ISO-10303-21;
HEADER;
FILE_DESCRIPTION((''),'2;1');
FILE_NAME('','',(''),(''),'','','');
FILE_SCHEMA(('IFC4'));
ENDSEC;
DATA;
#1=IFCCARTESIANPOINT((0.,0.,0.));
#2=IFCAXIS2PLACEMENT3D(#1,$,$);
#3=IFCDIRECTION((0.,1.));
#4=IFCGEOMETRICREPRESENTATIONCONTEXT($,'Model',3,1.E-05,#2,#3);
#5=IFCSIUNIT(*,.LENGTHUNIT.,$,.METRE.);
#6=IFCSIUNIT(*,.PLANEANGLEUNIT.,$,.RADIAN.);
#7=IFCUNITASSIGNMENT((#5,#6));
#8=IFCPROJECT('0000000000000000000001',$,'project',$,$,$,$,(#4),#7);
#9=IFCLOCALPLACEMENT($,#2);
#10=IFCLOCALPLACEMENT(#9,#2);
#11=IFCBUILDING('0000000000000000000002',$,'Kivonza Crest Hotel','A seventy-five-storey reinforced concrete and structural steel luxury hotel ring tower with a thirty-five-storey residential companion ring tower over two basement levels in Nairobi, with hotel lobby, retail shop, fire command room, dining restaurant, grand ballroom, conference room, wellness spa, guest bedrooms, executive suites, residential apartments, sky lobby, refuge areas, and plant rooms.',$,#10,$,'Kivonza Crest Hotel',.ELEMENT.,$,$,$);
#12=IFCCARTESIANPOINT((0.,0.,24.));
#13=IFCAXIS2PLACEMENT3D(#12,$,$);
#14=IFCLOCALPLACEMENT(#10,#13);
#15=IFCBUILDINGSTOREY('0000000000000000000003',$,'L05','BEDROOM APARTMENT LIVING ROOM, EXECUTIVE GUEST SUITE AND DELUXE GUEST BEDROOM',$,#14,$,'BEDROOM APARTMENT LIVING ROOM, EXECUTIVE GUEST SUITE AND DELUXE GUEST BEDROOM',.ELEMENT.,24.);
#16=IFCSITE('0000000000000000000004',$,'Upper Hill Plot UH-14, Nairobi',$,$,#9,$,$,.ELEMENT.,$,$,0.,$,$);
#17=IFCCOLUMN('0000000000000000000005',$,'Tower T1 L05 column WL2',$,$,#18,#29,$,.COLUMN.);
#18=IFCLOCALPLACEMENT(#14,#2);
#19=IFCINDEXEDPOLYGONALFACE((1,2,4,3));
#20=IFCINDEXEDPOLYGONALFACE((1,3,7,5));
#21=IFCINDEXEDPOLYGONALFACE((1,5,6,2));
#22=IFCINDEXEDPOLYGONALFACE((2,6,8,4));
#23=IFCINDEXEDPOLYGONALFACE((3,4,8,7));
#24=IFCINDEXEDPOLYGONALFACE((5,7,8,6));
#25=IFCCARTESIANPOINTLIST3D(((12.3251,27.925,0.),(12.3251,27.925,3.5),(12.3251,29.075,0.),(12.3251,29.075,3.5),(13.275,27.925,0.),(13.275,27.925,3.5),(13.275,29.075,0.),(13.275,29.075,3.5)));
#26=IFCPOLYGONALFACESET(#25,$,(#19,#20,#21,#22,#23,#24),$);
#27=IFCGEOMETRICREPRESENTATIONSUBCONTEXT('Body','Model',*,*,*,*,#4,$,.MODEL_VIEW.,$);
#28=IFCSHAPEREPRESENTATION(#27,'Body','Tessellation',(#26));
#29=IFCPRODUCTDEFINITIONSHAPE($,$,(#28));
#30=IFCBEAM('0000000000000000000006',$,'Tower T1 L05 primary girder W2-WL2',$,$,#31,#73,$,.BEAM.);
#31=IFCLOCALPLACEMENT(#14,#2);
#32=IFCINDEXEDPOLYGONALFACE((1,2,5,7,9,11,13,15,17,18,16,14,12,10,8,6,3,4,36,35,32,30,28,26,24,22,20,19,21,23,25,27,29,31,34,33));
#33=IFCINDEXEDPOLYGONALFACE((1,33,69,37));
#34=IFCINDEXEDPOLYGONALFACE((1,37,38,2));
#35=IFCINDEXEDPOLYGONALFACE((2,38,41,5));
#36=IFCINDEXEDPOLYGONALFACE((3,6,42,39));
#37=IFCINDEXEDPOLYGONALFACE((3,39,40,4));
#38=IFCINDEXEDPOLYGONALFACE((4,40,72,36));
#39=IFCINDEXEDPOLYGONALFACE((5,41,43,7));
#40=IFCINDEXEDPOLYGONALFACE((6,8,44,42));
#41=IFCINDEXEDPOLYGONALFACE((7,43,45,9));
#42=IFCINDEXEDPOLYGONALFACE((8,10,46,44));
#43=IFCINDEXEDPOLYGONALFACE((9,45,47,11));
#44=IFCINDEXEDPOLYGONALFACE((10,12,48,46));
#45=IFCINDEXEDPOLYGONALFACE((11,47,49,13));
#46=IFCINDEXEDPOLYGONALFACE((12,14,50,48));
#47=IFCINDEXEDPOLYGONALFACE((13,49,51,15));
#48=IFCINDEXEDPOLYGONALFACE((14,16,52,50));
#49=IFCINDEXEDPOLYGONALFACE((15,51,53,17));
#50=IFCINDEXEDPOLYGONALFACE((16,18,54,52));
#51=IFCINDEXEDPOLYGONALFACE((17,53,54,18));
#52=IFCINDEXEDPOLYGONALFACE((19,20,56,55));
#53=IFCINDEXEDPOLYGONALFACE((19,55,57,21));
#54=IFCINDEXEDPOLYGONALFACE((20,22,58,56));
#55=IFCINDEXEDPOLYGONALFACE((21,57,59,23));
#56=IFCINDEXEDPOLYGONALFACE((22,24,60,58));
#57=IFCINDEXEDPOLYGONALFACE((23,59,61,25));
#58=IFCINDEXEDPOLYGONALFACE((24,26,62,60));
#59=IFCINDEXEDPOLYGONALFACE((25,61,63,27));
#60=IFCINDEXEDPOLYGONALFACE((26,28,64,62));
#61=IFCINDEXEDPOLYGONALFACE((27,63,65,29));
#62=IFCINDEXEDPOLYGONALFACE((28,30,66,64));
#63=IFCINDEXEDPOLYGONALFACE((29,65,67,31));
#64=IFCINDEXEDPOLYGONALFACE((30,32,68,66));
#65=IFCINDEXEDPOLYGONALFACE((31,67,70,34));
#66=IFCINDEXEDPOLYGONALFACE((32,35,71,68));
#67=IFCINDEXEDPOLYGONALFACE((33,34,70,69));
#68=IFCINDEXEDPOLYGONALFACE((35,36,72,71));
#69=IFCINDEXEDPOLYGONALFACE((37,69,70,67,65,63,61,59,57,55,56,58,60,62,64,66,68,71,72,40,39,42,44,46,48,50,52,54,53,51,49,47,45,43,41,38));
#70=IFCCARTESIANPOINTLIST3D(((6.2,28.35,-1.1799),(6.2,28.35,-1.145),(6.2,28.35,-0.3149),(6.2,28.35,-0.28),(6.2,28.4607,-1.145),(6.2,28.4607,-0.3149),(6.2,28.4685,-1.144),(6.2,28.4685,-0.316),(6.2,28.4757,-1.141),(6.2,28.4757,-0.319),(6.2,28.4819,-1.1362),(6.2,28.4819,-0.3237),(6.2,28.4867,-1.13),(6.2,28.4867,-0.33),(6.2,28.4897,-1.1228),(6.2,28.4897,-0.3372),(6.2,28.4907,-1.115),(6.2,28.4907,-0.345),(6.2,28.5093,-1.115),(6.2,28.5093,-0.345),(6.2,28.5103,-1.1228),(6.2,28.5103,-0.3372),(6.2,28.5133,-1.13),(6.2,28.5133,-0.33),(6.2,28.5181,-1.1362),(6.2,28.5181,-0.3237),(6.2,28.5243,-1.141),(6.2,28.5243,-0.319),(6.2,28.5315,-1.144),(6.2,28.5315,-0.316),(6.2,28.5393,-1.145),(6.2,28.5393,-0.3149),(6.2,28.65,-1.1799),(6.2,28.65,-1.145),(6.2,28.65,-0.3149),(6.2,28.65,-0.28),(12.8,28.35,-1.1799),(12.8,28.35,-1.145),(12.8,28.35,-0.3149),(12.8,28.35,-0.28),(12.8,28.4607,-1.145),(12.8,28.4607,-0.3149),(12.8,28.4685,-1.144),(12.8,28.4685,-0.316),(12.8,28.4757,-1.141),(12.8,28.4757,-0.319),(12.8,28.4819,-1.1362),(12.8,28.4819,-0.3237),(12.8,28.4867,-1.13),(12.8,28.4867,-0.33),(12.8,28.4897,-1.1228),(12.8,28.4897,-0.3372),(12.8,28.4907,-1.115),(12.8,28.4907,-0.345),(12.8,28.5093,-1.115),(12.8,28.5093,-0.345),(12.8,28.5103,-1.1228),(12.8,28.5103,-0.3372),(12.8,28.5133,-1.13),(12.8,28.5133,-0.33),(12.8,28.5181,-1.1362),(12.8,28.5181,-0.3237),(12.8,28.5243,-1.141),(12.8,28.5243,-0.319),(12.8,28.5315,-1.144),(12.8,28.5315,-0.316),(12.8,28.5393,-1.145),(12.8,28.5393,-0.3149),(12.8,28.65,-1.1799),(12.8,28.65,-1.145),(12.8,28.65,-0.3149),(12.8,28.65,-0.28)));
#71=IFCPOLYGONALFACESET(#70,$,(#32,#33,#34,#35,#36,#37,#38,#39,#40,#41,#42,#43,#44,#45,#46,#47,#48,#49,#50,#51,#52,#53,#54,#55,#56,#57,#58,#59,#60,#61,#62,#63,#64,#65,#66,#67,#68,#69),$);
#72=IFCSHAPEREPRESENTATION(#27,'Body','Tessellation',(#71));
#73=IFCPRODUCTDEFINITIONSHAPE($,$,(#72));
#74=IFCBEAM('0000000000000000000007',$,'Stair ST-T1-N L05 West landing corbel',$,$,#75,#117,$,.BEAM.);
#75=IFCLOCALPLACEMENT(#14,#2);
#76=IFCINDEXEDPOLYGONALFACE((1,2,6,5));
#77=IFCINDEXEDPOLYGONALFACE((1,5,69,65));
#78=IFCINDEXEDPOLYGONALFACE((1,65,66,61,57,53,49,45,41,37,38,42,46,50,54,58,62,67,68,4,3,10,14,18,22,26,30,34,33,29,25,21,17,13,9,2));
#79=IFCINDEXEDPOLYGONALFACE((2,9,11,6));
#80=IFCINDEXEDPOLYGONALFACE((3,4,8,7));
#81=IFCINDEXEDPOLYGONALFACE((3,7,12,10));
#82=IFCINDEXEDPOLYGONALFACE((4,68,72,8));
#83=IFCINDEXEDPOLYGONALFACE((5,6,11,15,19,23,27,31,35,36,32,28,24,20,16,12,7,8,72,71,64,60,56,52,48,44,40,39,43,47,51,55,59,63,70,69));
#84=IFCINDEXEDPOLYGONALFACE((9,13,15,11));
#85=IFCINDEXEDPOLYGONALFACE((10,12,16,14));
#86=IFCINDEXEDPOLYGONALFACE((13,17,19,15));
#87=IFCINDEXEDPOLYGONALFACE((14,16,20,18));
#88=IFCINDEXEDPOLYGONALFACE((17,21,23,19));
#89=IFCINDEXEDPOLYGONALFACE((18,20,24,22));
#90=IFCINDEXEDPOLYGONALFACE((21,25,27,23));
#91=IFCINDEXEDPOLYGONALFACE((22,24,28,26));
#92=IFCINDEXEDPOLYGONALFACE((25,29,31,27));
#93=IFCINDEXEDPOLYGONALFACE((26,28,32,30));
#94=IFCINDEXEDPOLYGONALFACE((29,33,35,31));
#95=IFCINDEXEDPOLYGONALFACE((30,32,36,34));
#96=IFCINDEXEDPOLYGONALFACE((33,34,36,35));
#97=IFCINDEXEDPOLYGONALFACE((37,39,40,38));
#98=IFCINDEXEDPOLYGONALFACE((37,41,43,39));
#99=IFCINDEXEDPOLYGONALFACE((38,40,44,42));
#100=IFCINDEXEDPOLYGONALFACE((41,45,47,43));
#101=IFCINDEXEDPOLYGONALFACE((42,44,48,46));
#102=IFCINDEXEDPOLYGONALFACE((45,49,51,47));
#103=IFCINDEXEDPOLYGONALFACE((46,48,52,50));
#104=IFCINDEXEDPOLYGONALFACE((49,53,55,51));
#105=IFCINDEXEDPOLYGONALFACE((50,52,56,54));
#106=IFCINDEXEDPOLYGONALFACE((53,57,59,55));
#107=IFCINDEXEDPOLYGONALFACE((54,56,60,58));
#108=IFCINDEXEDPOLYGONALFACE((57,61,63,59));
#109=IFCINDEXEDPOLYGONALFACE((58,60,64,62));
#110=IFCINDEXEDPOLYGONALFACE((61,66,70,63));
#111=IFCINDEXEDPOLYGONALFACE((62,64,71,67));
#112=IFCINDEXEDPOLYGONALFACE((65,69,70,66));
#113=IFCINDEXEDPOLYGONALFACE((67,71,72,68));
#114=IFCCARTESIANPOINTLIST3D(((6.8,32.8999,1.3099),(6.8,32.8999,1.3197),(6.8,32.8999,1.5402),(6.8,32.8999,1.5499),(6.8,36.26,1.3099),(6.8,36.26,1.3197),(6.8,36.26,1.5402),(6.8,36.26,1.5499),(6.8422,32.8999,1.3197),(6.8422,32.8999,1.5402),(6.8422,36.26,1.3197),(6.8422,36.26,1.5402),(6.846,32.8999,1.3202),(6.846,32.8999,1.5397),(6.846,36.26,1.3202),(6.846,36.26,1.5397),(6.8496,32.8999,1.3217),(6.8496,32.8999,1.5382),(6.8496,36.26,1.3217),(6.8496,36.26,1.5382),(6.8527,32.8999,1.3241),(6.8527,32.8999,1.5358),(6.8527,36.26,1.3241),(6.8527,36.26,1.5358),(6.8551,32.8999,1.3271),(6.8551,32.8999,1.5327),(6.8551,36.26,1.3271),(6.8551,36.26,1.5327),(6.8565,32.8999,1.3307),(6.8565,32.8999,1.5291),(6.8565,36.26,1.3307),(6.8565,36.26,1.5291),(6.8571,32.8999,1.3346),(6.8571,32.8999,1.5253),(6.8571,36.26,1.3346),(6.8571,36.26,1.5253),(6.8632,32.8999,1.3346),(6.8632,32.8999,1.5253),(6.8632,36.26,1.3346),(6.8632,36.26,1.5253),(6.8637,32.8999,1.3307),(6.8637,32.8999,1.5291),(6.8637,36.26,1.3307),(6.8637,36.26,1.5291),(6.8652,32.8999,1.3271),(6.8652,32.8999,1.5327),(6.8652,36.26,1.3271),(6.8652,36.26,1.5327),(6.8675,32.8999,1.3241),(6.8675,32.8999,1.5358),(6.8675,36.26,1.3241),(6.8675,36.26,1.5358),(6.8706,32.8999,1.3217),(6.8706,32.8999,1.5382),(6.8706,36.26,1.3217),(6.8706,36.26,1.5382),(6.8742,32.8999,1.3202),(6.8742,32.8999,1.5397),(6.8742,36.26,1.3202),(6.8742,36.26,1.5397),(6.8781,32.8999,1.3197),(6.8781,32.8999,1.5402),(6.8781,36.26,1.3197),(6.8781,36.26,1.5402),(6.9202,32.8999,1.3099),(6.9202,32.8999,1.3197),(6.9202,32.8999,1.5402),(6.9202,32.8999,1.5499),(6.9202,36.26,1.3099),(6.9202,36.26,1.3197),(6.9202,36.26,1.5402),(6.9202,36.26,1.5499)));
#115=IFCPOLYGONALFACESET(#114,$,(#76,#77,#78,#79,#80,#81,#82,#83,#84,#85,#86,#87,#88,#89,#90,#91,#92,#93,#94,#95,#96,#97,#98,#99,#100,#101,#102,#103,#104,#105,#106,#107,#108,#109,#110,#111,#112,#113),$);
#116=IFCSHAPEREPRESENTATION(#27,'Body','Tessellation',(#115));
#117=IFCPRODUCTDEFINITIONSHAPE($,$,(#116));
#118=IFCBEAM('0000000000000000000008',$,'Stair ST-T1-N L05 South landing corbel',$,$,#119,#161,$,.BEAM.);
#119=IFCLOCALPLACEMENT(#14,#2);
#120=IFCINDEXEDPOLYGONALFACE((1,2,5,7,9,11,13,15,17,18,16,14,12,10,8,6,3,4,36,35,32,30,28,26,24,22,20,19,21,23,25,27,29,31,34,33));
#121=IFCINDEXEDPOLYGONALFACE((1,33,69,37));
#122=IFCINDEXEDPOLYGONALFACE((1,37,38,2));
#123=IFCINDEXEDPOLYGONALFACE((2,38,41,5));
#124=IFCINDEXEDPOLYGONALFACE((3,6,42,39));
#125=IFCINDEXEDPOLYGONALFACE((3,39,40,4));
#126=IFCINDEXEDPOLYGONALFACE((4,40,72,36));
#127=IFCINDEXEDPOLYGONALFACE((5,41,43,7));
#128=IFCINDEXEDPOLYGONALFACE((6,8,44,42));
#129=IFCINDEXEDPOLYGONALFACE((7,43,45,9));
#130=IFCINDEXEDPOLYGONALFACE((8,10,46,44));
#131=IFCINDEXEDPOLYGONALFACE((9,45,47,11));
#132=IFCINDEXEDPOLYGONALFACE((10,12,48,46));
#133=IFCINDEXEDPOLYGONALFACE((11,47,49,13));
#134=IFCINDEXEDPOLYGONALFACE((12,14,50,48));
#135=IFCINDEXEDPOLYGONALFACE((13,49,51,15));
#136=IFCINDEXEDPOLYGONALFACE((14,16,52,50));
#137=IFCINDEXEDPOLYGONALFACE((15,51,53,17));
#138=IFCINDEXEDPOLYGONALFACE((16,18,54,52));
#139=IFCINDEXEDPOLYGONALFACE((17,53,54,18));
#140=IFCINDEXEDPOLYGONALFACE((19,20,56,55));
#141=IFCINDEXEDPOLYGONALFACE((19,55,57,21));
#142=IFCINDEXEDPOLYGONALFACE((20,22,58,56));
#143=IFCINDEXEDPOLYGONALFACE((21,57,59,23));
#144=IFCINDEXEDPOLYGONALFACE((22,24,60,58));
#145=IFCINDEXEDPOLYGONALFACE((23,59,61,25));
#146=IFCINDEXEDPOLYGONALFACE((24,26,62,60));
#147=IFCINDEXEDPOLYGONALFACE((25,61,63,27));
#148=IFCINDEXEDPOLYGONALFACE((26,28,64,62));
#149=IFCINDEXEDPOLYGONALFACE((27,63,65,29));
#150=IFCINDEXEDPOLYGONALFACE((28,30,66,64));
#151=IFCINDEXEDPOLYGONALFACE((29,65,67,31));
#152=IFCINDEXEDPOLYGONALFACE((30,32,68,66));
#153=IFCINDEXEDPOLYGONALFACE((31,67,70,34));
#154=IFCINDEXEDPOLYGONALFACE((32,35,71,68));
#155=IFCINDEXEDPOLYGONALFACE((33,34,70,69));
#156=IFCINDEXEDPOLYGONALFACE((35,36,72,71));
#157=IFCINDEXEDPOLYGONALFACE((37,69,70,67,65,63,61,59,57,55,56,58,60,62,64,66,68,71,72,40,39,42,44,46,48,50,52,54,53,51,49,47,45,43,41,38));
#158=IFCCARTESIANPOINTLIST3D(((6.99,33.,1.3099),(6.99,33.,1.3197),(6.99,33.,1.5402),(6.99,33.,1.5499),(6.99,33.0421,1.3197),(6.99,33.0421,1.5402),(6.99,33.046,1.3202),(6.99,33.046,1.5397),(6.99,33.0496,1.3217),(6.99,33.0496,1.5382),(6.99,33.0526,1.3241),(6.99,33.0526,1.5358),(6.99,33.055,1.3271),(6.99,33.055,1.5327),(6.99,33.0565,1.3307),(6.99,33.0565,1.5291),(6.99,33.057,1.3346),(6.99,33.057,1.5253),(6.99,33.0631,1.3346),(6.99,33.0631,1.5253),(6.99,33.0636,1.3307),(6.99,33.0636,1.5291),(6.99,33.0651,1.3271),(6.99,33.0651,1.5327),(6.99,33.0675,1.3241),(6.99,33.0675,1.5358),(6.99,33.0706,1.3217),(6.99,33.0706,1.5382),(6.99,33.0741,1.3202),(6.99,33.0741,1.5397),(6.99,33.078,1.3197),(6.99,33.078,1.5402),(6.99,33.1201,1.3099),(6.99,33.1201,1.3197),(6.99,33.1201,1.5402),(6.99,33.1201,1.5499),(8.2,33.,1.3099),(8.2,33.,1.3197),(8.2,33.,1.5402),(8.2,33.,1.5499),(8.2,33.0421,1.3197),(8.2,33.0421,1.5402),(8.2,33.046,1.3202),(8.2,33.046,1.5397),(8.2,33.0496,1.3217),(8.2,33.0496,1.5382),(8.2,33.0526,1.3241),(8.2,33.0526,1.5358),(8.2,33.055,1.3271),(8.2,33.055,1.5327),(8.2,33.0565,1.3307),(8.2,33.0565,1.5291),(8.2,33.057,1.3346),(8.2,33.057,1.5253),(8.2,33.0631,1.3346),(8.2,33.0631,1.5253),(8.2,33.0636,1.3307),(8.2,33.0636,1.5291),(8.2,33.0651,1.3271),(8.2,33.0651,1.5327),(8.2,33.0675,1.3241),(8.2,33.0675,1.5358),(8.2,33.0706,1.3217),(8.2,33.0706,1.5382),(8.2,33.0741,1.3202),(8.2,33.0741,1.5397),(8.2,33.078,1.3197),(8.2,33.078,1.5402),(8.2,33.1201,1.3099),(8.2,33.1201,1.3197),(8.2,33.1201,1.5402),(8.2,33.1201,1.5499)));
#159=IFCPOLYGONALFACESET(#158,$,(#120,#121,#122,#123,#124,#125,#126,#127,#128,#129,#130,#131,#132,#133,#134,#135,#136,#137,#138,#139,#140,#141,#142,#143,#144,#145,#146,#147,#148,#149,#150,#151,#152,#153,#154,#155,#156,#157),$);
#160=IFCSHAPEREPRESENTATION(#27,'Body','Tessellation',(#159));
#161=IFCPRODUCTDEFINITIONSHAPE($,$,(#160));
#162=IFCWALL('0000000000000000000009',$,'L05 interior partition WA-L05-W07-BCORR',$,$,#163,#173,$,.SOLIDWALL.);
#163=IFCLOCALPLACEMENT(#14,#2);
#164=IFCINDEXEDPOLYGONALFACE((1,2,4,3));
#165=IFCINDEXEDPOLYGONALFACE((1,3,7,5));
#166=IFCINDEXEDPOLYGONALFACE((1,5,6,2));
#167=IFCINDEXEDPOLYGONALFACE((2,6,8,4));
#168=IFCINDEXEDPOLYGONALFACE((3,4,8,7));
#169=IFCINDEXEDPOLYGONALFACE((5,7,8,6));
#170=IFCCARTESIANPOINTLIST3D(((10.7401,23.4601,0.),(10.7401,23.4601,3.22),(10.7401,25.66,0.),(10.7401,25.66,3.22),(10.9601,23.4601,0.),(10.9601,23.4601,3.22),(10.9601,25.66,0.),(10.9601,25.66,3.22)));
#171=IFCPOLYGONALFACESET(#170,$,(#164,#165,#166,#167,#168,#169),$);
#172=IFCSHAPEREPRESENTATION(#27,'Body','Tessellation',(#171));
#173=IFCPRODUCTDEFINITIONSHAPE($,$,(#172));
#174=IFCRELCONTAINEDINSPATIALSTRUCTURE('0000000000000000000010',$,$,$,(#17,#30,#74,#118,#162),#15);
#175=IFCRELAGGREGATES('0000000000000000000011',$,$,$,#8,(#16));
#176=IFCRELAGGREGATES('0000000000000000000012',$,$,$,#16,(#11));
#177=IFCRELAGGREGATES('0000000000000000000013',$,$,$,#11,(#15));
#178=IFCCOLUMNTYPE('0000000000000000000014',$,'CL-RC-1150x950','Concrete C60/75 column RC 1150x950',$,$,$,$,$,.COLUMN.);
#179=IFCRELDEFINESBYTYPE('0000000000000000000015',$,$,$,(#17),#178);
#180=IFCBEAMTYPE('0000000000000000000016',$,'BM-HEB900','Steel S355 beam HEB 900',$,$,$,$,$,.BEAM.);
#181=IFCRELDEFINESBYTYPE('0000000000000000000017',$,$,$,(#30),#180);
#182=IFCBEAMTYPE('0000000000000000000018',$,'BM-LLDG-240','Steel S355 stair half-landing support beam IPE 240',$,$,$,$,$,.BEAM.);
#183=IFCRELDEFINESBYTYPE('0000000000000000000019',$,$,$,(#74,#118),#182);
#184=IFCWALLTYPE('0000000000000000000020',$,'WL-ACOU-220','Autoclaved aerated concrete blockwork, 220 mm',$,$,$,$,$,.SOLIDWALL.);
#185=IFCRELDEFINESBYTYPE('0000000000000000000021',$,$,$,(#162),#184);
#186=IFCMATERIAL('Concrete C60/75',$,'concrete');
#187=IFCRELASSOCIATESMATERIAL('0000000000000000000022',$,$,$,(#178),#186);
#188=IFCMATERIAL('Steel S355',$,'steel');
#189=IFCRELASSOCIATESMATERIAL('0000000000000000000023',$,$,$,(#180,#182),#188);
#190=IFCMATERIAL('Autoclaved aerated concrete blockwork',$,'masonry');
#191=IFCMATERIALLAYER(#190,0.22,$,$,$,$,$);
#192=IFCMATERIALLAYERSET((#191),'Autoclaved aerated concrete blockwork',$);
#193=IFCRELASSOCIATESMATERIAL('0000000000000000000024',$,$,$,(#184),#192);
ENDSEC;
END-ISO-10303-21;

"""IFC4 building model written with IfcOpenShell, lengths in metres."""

from ifc_helpers import new_model, si_unit, direction, frame, frame_2d, origin, origin_2d, place, context, subcontext, project, spatial, rectangle, i_section, extrude, material, layer, layer_set, material_profile, profile_set, type_object, element, save


model = new_model("IFC4")

# Units and contexts
model_context = context("Model", 3, precision=1e-05, world=origin(), true_north=direction((0.0, 1.0)))
body_context = subcontext(model_context, "Body", "Model", "MODEL_VIEW")
ifc_project = project(units=[si_unit("LENGTHUNIT", "METRE"), si_unit("PLANEANGLEUNIT", "RADIAN")], contexts=[model_context])

# Site, building, storey
site_placement = place(None, origin())
site = spatial("IfcSite", under=ifc_project, at=site_placement, Name="Upper Hill Plot UH-14, Nairobi", CompositionType="ELEMENT", RefElevation=0.0)
building_placement = place(site_placement, origin())
building = spatial("IfcBuilding", under=site, at=building_placement, Name="Kivonza Crest Hotel", Description="A seventy-five-storey reinforced concrete and structural steel luxury hotel ring tower with a thirty-five-storey residential companion ring tower over two basement levels in Nairobi, with hotel lobby, retail shop, fire command room, dining restaurant, grand ballroom, conference room, wellness spa, guest bedrooms, executive suites, residential apartments, sky lobby, refuge areas, and plant rooms.", LongName="Kivonza Crest Hotel", CompositionType="ELEMENT")
storey_placement = place(building_placement, frame((0.0, 0.0, 24.0)))
storey = spatial("IfcBuildingStorey", under=building, at=storey_placement, Name="L05", Description="BEDROOM APARTMENT LIVING ROOM, EXECUTIVE GUEST SUITE AND DELUXE GUEST BEDROOM", LongName="BEDROOM APARTMENT LIVING ROOM, EXECUTIVE GUEST SUITE AND DELUXE GUEST BEDROOM", CompositionType="ELEMENT", Elevation=24.0)

# Column
ifc_material_1 = material(Name="Concrete C60/75", Category="concrete")
ifc_material_profile_1 = material_profile(ifc_material_1, rectangle(XDim=0.95, YDim=1.1499, at=origin_2d()), Name="RC 1150x950")
ifc_profile_set_1 = profile_set([ifc_material_profile_1], Name="Concrete C60/75")
column_type = type_object("IfcColumnType", Name="CL-RC-1150x950", Description="Concrete C60/75 column RC 1150x950", PredefinedType="COLUMN", material=ifc_profile_set_1)
column_placement = place(storey_placement, frame((12.8, 28.5, 0.0), z_axis=(0.0, 0.0, 1.0), x_axis=(1.0, 0.0, 0.0)))
element("IfcColumn", 1, at=column_placement, inside=storey, type_object=column_type, Name="Tower T1 L05 column WL2", PredefinedType="COLUMN", context=body_context, shape_type="SweptSolid", body=[
    extrude(rectangle(XDim=0.95, YDim=1.1499, at=origin_2d()), origin(), (0.0, 0.0, 1.0), 3.5),
])

# Beams
ifc_material_2 = material(Name="Steel S355", Category="steel")
ifc_material_profile_2 = material_profile(ifc_material_2, i_section(OverallWidth=0.3, OverallDepth=0.8999, WebThickness=0.0186, FlangeThickness=0.0349, FilletRadius=0.03, at=origin_2d()), Name="HEB 900")
ifc_profile_set_2 = profile_set([ifc_material_profile_2], Name="Steel S355")
beam_type_1 = type_object("IfcBeamType", Name="BM-HEB900", Description="Steel S355 beam HEB 900", PredefinedType="BEAM", material=ifc_profile_set_2)
beam_1_placement = place(storey_placement, frame((6.2, 28.5, -0.73), z_axis=(1.0, 0.0, 0.0), x_axis=(0.0, 1.0, 0.0)))
element("IfcBeam", 2, at=beam_1_placement, inside=storey, type_object=beam_type_1, Name="Tower T1 L05 primary girder W2-WL2", PredefinedType="BEAM", context=body_context, shape_type="SweptSolid", body=[
    extrude(i_section(OverallWidth=0.3, OverallDepth=0.8999, WebThickness=0.0186, FlangeThickness=0.0349, FilletRadius=0.03, at=origin_2d()), origin(), (0.0, 0.0, 1.0), 6.6001),
])
ifc_material_profile_3 = material_profile(ifc_material_2, i_section(OverallWidth=0.1201, OverallDepth=0.24, WebThickness=0.0061, FlangeThickness=0.0098, FilletRadius=0.0149, at=origin_2d()), Name="IPE 240")
ifc_profile_set_3 = profile_set([ifc_material_profile_3], Name="Steel S355")
beam_type_2 = type_object("IfcBeamType", Name="BM-LLDG-240", Description="Steel S355 stair half-landing support beam IPE 240", PredefinedType="BEAM", material=ifc_profile_set_3)
beam_2_placement = place(storey_placement, frame((6.8601, 32.8999, 1.4299), z_axis=(0.0, 1.0, 0.0), x_axis=(-1.0, 0.0, 0.0)))
element("IfcBeam", 3, at=beam_2_placement, inside=storey, type_object=beam_type_2, Name="Stair ST-T1-N L05 West landing corbel", PredefinedType="BEAM", context=body_context, shape_type="SweptSolid", body=[
    extrude(i_section(OverallWidth=0.1201, OverallDepth=0.24, WebThickness=0.0061, FlangeThickness=0.0098, FilletRadius=0.0149, at=origin_2d()), origin(), (0.0, 0.0, 1.0), 3.3601),
])
beam_3_placement = place(storey_placement, frame((6.99, 33.0601, 1.4299), z_axis=(1.0, 0.0, 0.0), x_axis=(0.0, 1.0, 0.0)))
element("IfcBeam", 4, at=beam_3_placement, inside=storey, type_object=beam_type_2, Name="Stair ST-T1-N L05 South landing corbel", PredefinedType="BEAM", context=body_context, shape_type="SweptSolid", body=[
    extrude(i_section(OverallWidth=0.1201, OverallDepth=0.24, WebThickness=0.0061, FlangeThickness=0.0098, FilletRadius=0.0149, at=origin_2d()), origin(), (0.0, 0.0, 1.0), 1.21),
])

# Wall
ifc_material_3 = material(Name="Autoclaved aerated concrete blockwork", Category="masonry")
ifc_layer_1 = layer(ifc_material_3, 0.22)
ifc_layer_set_1 = layer_set([ifc_layer_1], Name="Autoclaved aerated concrete blockwork")
wall_type_1 = type_object("IfcWallType", Name="WL-ACOU-220", Description="Autoclaved aerated concrete blockwork, 220 mm", PredefinedType="SOLIDWALL", material=ifc_layer_set_1)
wall_1_placement = place(storey_placement, frame((10.8501, 23.46, 0.0), z_axis=(0.0, 0.0, 1.0), x_axis=(0.0, 1.0, 0.0)))
element("IfcWall", 5, at=wall_1_placement, inside=storey, type_object=wall_type_1, Name="L05 interior partition WA-L05-W07-BCORR", PredefinedType="SOLIDWALL", context=body_context, shape_type="SweptSolid", body=[
    extrude(rectangle(XDim=2.2, YDim=0.22, at=frame_2d((1.1001, 0.0))), origin(), (0.0, 0.0, 1.0), 3.22),
])

save(model, "model.ifc")
